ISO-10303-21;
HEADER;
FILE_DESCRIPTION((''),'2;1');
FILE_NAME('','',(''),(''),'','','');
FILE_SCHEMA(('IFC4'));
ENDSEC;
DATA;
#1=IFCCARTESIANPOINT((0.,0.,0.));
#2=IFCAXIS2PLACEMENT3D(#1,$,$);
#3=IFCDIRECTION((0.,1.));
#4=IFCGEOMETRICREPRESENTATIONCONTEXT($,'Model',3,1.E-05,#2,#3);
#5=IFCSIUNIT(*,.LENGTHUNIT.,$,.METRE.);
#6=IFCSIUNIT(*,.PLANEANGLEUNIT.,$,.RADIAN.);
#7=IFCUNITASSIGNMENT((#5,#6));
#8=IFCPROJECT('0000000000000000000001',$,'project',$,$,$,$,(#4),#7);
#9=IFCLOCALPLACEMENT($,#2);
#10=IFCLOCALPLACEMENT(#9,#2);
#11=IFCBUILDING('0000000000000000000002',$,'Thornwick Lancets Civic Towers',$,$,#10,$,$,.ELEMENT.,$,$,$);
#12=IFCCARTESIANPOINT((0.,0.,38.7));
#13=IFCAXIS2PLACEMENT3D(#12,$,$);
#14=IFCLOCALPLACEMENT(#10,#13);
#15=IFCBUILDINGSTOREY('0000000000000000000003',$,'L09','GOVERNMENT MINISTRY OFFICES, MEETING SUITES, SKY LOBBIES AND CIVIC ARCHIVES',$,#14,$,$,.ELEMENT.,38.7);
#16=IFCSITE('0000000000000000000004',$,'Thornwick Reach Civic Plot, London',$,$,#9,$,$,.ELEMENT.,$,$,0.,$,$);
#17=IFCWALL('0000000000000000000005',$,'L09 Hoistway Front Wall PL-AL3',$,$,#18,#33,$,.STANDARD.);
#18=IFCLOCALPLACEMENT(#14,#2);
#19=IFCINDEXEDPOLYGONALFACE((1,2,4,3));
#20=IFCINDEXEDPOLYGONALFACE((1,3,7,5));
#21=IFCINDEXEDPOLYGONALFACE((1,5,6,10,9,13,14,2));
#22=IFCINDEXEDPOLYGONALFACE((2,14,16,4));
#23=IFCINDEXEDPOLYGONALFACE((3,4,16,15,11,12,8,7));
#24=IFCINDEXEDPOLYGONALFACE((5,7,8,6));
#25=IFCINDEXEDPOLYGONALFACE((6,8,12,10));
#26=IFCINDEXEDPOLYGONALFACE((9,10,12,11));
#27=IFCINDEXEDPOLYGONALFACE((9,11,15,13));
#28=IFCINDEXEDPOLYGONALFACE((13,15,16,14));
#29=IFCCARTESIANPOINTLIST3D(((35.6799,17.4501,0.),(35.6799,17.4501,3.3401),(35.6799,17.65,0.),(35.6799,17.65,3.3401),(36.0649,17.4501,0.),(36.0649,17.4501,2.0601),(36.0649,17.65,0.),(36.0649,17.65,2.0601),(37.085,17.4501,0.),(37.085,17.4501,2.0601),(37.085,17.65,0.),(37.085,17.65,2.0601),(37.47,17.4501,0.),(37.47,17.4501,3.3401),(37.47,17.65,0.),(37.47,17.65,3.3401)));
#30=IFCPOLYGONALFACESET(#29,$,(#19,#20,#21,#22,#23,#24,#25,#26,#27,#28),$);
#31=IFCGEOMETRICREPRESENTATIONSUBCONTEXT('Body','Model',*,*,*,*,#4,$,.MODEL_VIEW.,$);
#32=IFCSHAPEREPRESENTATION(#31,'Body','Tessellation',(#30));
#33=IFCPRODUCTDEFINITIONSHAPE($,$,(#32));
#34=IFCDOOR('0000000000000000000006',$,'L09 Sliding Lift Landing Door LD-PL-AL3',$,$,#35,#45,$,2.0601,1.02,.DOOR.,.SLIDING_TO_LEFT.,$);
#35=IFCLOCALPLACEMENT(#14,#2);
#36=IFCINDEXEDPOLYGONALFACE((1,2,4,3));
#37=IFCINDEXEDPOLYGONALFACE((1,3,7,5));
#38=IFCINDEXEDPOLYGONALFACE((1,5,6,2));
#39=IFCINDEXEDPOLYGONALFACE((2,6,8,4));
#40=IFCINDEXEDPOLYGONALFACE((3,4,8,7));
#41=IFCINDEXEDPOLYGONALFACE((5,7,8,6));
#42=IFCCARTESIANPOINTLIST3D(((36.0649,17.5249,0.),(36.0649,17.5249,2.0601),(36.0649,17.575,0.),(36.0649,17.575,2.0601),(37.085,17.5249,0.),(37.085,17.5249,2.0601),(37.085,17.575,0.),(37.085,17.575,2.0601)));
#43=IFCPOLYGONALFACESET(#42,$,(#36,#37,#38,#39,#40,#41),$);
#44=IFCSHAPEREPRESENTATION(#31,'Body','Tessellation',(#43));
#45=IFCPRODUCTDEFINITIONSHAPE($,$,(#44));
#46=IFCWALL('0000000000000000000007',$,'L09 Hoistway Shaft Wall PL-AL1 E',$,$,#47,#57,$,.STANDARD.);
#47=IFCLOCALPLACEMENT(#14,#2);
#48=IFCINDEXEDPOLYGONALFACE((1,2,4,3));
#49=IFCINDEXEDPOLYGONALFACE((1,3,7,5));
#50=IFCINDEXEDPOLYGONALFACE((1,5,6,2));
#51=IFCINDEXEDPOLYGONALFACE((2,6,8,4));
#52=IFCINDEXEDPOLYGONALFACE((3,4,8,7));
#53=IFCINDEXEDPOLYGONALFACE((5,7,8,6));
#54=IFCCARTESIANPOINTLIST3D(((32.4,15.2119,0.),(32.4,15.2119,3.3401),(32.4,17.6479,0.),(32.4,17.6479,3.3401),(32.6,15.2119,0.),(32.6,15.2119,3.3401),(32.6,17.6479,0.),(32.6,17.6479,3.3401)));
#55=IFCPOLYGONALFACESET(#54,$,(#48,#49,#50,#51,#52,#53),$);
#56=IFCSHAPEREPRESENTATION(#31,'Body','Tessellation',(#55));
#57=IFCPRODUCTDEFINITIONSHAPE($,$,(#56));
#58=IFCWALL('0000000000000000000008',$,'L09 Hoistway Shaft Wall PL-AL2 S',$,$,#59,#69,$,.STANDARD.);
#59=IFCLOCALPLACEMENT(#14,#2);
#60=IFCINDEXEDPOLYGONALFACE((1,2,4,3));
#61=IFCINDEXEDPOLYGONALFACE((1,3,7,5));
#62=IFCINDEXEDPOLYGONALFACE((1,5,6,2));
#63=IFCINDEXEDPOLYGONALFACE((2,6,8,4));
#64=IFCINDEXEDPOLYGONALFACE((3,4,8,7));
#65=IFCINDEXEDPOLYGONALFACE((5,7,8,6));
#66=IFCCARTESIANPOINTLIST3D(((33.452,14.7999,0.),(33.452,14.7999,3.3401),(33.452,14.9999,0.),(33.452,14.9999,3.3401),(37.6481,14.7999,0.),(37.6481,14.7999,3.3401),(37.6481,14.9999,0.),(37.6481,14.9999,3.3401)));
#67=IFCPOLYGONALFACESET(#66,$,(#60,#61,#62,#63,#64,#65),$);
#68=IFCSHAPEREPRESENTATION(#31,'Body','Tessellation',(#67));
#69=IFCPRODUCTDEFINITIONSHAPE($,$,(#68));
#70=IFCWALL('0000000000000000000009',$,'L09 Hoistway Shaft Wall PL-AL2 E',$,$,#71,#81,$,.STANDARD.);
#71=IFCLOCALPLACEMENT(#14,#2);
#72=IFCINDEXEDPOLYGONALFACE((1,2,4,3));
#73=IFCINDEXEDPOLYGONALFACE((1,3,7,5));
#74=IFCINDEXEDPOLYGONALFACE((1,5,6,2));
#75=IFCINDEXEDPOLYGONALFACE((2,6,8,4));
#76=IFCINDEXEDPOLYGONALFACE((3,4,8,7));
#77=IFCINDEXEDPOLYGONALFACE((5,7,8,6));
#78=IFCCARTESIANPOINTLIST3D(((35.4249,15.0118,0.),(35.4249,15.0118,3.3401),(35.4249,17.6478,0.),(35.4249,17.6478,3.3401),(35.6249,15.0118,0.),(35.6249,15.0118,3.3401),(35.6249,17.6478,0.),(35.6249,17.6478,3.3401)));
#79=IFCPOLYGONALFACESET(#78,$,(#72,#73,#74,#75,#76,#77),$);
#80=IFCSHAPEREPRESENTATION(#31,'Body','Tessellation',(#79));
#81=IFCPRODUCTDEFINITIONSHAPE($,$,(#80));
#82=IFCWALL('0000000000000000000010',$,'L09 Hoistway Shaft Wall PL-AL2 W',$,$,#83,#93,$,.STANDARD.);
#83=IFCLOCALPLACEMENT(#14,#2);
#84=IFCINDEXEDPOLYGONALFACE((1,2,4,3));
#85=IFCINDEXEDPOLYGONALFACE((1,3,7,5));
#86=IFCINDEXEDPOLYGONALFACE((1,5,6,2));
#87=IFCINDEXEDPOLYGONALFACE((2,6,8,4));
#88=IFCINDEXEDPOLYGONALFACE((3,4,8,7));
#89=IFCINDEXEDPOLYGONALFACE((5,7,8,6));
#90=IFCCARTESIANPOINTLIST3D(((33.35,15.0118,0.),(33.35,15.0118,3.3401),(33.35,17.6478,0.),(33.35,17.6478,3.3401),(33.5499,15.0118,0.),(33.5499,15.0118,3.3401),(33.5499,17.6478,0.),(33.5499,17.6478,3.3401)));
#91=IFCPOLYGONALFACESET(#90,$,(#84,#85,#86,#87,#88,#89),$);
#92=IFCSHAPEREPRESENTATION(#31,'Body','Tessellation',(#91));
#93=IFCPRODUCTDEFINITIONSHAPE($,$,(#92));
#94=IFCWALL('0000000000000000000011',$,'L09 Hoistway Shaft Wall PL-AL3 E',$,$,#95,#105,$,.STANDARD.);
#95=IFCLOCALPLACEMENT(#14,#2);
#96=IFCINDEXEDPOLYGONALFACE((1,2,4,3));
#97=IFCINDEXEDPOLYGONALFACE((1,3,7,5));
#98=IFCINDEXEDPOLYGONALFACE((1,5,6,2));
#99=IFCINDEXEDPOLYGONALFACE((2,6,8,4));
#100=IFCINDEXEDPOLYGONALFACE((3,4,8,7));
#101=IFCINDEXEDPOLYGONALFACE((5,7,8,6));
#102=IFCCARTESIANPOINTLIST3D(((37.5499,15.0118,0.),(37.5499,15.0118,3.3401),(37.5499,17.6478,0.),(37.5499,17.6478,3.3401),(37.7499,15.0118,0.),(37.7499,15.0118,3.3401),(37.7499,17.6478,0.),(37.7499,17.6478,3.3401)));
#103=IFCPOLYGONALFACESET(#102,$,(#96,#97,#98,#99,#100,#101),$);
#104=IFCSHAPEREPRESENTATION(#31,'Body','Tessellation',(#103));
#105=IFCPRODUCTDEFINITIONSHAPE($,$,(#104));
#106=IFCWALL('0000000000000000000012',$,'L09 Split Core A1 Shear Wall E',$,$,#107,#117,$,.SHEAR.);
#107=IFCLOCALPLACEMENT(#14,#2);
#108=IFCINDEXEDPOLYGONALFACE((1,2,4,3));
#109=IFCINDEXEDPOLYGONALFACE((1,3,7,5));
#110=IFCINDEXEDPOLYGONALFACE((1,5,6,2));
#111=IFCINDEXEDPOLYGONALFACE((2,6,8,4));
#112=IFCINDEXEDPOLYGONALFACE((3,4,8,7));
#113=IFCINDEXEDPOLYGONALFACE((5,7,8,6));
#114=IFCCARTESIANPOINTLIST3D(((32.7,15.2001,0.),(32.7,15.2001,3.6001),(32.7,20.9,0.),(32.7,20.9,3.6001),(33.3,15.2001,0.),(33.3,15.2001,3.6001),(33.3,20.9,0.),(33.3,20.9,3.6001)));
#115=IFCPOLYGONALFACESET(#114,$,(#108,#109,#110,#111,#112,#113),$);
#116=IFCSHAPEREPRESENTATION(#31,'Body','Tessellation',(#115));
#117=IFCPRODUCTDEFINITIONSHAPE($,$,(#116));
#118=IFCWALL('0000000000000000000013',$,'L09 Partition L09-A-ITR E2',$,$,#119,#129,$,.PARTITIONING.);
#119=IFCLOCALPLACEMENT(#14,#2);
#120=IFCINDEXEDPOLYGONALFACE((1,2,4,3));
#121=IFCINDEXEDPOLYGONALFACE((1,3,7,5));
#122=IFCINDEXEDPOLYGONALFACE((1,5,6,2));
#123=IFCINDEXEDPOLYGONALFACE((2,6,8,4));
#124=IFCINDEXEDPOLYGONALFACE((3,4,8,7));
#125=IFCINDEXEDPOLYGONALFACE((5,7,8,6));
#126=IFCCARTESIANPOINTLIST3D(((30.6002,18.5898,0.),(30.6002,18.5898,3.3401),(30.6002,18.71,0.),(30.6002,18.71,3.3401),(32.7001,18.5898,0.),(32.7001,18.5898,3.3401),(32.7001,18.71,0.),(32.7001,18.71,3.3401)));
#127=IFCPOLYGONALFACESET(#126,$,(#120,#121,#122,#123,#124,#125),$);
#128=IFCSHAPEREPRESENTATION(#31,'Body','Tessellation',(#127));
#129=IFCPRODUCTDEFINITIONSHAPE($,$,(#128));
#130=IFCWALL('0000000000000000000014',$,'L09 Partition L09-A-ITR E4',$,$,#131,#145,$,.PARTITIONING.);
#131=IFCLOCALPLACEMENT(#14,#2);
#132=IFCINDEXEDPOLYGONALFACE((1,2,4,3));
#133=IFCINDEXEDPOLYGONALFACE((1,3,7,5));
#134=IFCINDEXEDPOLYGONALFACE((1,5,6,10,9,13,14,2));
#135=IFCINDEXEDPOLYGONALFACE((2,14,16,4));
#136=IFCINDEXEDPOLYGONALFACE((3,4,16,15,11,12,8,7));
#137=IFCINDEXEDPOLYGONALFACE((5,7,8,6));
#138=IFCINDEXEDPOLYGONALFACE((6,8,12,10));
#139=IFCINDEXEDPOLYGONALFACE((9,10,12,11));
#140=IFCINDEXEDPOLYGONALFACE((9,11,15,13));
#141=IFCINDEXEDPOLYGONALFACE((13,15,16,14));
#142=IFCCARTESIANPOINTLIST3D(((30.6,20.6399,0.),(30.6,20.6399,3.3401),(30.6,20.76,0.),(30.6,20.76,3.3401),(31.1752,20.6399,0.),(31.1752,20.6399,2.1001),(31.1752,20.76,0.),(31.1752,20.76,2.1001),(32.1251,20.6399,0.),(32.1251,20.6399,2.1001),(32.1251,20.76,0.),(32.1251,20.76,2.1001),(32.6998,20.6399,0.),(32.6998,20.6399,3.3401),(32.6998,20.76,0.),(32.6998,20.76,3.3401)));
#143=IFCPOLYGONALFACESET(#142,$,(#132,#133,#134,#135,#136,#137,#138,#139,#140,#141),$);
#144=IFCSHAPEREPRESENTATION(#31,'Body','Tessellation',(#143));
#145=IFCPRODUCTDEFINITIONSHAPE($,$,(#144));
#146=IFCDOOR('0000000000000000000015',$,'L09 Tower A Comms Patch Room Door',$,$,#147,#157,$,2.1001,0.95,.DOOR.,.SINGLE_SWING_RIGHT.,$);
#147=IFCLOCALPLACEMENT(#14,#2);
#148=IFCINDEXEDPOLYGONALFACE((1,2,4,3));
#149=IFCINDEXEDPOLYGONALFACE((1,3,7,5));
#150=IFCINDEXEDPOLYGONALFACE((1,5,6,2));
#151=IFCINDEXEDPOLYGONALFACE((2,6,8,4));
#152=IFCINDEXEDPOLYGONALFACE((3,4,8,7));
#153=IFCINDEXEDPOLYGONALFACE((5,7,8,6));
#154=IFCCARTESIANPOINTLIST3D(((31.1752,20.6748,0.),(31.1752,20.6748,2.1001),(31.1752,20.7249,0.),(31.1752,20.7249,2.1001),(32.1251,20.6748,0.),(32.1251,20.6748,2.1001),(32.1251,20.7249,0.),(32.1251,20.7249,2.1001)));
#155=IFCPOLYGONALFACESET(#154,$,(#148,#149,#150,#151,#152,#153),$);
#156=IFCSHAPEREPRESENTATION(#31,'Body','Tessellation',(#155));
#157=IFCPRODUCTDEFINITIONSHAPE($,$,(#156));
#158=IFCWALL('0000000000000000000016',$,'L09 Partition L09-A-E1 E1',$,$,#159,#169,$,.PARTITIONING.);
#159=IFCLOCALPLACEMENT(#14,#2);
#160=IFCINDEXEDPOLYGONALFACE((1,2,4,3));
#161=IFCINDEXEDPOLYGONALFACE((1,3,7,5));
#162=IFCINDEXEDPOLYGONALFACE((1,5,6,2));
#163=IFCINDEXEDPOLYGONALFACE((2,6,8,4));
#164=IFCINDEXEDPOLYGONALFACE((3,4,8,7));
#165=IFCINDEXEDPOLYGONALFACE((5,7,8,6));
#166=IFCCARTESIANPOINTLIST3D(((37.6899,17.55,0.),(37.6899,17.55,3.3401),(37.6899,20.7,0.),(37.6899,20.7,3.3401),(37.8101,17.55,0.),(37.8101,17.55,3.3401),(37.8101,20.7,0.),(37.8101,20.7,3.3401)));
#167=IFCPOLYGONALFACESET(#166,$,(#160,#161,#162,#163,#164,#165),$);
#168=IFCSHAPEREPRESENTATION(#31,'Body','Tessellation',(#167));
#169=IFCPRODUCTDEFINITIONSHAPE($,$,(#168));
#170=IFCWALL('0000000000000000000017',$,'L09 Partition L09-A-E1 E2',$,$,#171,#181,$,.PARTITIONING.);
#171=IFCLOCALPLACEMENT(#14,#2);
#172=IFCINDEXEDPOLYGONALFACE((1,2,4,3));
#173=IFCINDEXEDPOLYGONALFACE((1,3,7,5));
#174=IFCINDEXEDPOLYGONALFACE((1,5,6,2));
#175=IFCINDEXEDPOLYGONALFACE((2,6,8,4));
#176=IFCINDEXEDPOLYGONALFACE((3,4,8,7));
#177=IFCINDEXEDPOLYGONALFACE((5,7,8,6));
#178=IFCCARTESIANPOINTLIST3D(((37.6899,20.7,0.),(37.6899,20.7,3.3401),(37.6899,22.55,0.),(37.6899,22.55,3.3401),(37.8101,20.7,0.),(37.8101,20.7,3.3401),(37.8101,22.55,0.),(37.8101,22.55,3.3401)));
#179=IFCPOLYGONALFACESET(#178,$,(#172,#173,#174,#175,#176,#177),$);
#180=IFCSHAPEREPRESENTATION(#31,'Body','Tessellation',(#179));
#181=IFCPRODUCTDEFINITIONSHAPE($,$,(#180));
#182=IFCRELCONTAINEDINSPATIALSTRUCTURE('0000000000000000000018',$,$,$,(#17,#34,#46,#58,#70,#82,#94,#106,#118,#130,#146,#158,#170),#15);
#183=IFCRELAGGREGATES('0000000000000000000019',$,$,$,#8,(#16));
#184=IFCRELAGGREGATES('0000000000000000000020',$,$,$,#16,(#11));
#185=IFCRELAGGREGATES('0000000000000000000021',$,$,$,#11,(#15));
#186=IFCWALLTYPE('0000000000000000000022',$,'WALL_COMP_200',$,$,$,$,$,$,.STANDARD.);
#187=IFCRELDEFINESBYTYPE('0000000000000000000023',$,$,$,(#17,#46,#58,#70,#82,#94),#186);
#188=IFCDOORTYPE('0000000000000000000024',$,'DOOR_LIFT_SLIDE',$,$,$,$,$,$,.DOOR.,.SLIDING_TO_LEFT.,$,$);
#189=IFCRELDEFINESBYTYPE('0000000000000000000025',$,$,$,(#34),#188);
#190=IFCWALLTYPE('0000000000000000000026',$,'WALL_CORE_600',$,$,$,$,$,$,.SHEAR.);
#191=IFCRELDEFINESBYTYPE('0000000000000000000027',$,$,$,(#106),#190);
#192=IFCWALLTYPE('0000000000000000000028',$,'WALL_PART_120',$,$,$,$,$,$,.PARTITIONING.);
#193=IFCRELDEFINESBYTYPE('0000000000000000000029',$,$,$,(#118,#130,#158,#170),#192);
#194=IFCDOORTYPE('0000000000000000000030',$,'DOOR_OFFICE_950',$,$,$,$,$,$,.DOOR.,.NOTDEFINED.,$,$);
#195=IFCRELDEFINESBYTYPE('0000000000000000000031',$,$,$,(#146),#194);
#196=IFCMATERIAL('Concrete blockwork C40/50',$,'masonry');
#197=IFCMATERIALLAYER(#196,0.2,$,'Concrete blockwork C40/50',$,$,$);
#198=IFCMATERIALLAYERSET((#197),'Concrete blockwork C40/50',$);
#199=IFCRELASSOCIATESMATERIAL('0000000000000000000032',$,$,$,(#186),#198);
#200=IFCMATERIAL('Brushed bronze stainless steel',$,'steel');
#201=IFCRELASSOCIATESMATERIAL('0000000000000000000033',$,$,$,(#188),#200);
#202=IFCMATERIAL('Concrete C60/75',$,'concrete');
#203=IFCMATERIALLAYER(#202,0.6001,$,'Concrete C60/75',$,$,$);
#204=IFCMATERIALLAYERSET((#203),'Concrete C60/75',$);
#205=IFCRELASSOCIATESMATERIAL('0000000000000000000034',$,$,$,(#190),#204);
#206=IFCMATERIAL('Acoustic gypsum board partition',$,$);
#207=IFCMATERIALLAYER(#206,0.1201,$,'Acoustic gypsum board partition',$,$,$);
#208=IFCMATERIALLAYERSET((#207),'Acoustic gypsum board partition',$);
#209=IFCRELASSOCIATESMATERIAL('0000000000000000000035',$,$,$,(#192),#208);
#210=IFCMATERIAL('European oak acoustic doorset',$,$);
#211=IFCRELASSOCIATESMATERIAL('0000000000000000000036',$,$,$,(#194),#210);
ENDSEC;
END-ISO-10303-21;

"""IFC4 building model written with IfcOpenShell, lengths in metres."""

from ifc_helpers import new_model, si_unit, direction, frame, frame_2d, origin, place, context, subcontext, project, spatial, rectangle, extrude, material, layer, layer_set, type_object, element, fill, save


model = new_model("IFC4")

# Units and contexts
model_context = context("Model", 3, precision=1e-05, world=origin(), true_north=direction((0.0, 1.0)))
body_context = subcontext(model_context, "Body", "Model", "MODEL_VIEW")
ifc_project = project(units=[si_unit("LENGTHUNIT", "METRE"), si_unit("PLANEANGLEUNIT", "RADIAN")], contexts=[model_context])

# Site, building, storey
site_placement = place(None, origin())
site = spatial("IfcSite", under=ifc_project, at=site_placement, Name="Thornwick Reach Civic Plot, London", CompositionType="ELEMENT", RefElevation=0.0)
building_placement = place(site_placement, origin())
building = spatial("IfcBuilding", under=site, at=building_placement, Name="Thornwick Lancets Civic Towers", CompositionType="ELEMENT")
storey_placement = place(building_placement, frame((0.0, 0.0, 38.7)))
storey = spatial("IfcBuildingStorey", under=building, at=storey_placement, Name="L09", Description="GOVERNMENT MINISTRY OFFICES, MEETING SUITES, SKY LOBBIES AND CIVIC ARCHIVES", CompositionType="ELEMENT", Elevation=38.7)

# Shared definitions
ifc_material_1 = material(Name="Concrete C60/75", Category="concrete")

# Wall, opening, door
ifc_material_2 = material(Name="Concrete blockwork C40/50", Category="masonry")
ifc_layer_1 = layer(ifc_material_2, 0.2, Name="Concrete blockwork C40/50")
ifc_layer_set_1 = layer_set([ifc_layer_1], Name="Concrete blockwork C40/50")
wall_type_1 = type_object("IfcWallType", Name="WALL_COMP_200", PredefinedType="STANDARD", material=ifc_layer_set_1)
ifc_material_3 = material(Name="Brushed bronze stainless steel", Category="steel")
door_type_1 = type_object("IfcDoorType", Name="DOOR_LIFT_SLIDE", OperationType="SLIDING_TO_LEFT", PredefinedType="DOOR", material=ifc_material_3)
wall_1_placement = place(storey_placement, frame((35.6799, 17.55, 0.0), z_axis=(0.0, 0.0, 1.0), x_axis=(1.0, 0.0, 0.0)))
wall_1 = element("IfcWall", 1, at=wall_1_placement, inside=storey, type_object=wall_type_1, Name="L09 Hoistway Front Wall PL-AL3", PredefinedType="STANDARD", context=body_context, shape_type="SweptSolid", body=[
    extrude(rectangle(XDim=1.79, YDim=0.2, at=frame_2d((0.895, 0.0))), origin(), (0.0, 0.0, 1.0), 3.3401),
])
opening_1_placement = place(wall_1_placement, frame((0.385, 0.0, 0.0)))
opening_1 = element("IfcOpeningElement", 2, at=opening_1_placement, cuts=wall_1, PredefinedType="OPENING", context=body_context, shape_type="SweptSolid", body=[
    extrude(rectangle(XDim=1.02, YDim=2.0601, at=frame_2d((0.51, 1.03))), frame((0.0, 0.1099, 0.0), z_axis=(0.0, -1.0, 0.0), x_axis=(1.0, 0.0, 0.0)), (0.0, 0.0, 1.0), 0.22),
])
door_1_placement = place(opening_1_placement, origin())
door_1 = element("IfcDoor", 3, at=door_1_placement, inside=storey, type_object=door_type_1, Name="L09 Sliding Lift Landing Door LD-PL-AL3", OperationType="SLIDING_TO_LEFT", OverallHeight=2.0601, OverallWidth=1.02, PredefinedType="DOOR", context=body_context, shape_type="SweptSolid", body=[
    extrude(rectangle(XDim=1.02, YDim=2.0601, at=frame_2d((0.51, 1.03))), frame((0.0, 0.0249, 0.0), z_axis=(0.0, -1.0, 0.0), x_axis=(1.0, 0.0, 0.0)), (0.0, 0.0, 1.0), 0.05),
])
fill(opening_1, door_1)

# Walls
wall_2_placement = place(storey_placement, frame((32.5, 15.2119, 0.0), z_axis=(0.0, 0.0, 1.0), x_axis=(0.0, 1.0, 0.0)))
element("IfcWall", 4, at=wall_2_placement, inside=storey, type_object=wall_type_1, Name="L09 Hoistway Shaft Wall PL-AL1 E", PredefinedType="STANDARD", context=body_context, shape_type="SweptSolid", body=[
    extrude(rectangle(XDim=2.436, YDim=0.2, at=frame_2d((1.218, 0.0))), origin(), (0.0, 0.0, 1.0), 3.3401),
])
wall_3_placement = place(storey_placement, frame((33.4519, 14.8999, 0.0), z_axis=(0.0, 0.0, 1.0), x_axis=(1.0, 0.0, 0.0)))
element("IfcWall", 5, at=wall_3_placement, inside=storey, type_object=wall_type_1, Name="L09 Hoistway Shaft Wall PL-AL2 S", PredefinedType="STANDARD", context=body_context, shape_type="SweptSolid", body=[
    extrude(rectangle(XDim=4.196, YDim=0.2, at=frame_2d((2.0981, 0.0))), origin(), (0.0, 0.0, 1.0), 3.3401),
])
for number, where, z_axis, x_axis, name in (
    (6, (35.5249, 15.012, 0.0), (0.0, 0.0, 1.0), (0.0, 1.0, 0.0), "L09 Hoistway Shaft Wall PL-AL2 E"),
    (7, (33.45, 15.012, 0.0), (0.0, 0.0, 1.0), (0.0, 1.0, 0.0), "L09 Hoistway Shaft Wall PL-AL2 W"),
    (8, (37.6499, 15.012, 0.0), (0.0, 0.0, 1.0), (0.0, 1.0, 0.0), "L09 Hoistway Shaft Wall PL-AL3 E"),
):
    element("IfcWall", number, at=place(storey_placement, frame(where, z_axis=z_axis, x_axis=x_axis)), inside=storey, type_object=wall_type_1, Name=name, PredefinedType="STANDARD", context=body_context, shape_type="SweptSolid", body=[
        extrude(rectangle(XDim=2.636, YDim=0.2, at=frame_2d((1.3179, 0.0))), origin(), (0.0, 0.0, 1.0), 3.3401),
    ])
ifc_layer_2 = layer(ifc_material_1, 0.6001, Name="Concrete C60/75")
ifc_layer_set_2 = layer_set([ifc_layer_2], Name="Concrete C60/75")
wall_type_2 = type_object("IfcWallType", Name="WALL_CORE_600", PredefinedType="SHEAR", material=ifc_layer_set_2)
wall_4_placement = place(storey_placement, frame((33.0, 15.2, 0.0), z_axis=(0.0, 0.0, 1.0), x_axis=(0.0, 1.0, 0.0)))
element("IfcWall", 9, at=wall_4_placement, inside=storey, type_object=wall_type_2, Name="L09 Split Core A1 Shear Wall E", PredefinedType="SHEAR", context=body_context, shape_type="SweptSolid", body=[
    extrude(rectangle(XDim=5.7, YDim=0.6001, at=frame_2d((2.8501, 0.0))), origin(), (0.0, 0.0, 1.0), 3.6001),
])
ifc_material_4 = material(Name="Acoustic gypsum board partition")
ifc_layer_3 = layer(ifc_material_4, 0.1201, Name="Acoustic gypsum board partition")
ifc_layer_set_3 = layer_set([ifc_layer_3], Name="Acoustic gypsum board partition")
wall_type_3 = type_object("IfcWallType", Name="WALL_PART_120", PredefinedType="PARTITIONING", material=ifc_layer_set_3)
wall_5_placement = place(storey_placement, frame((32.7, 18.6499, 0.0), z_axis=(0.0, 0.0, 1.0), x_axis=(-1.0, 0.0, 0.0)))
element("IfcWall", 10, at=wall_5_placement, inside=storey, type_object=wall_type_3, Name="L09 Partition L09-A-ITR E2", PredefinedType="PARTITIONING", context=body_context, shape_type="SweptSolid", body=[
    extrude(rectangle(XDim=2.0999, YDim=0.1201, at=frame_2d((1.0498, 0.0))), origin(), (0.0, 0.0, 1.0), 3.3401),
])

# Wall, opening, door
wall_6_placement = place(storey_placement, frame((30.6001, 20.7, 0.0), z_axis=(0.0, 0.0, 1.0), x_axis=(1.0, 0.0, 0.0)))
wall_6 = element("IfcWall", 11, at=wall_6_placement, inside=storey, type_object=wall_type_3, Name="L09 Partition L09-A-ITR E4", PredefinedType="PARTITIONING", context=body_context, shape_type="SweptSolid", body=[
    extrude(rectangle(XDim=2.0999, YDim=0.1201, at=frame_2d((1.0498, 0.0))), origin(), (0.0, 0.0, 1.0), 3.3401),
])
opening_2_placement = place(wall_6_placement, frame((0.575, 0.0, 0.0)))
opening_2 = element("IfcOpeningElement", 12, at=opening_2_placement, cuts=wall_6, PredefinedType="OPENING", context=body_context, shape_type="SweptSolid", body=[
    extrude(rectangle(XDim=0.95, YDim=2.1001, at=frame_2d((0.4751, 1.05))), frame((0.0, 0.0701, 0.0), z_axis=(0.0, -1.0, 0.0), x_axis=(1.0, 0.0, 0.0)), (0.0, 0.0, 1.0), 0.1401),
])
ifc_material_5 = material(Name="European oak acoustic doorset")
door_type_2 = type_object("IfcDoorType", Name="DOOR_OFFICE_950", OperationType="NOTDEFINED", PredefinedType="DOOR", material=ifc_material_5)
door_2_placement = place(opening_2_placement, origin())
door_2 = element("IfcDoor", 13, at=door_2_placement, inside=storey, type_object=door_type_2, Name="L09 Tower A Comms Patch Room Door", OperationType="SINGLE_SWING_RIGHT", OverallHeight=2.1001, OverallWidth=0.95, PredefinedType="DOOR", context=body_context, shape_type="SweptSolid", body=[
    extrude(rectangle(XDim=0.95, YDim=2.1001, at=frame_2d((0.4751, 1.05))), frame((0.0, 0.0249, 0.0), z_axis=(0.0, -1.0, 0.0), x_axis=(1.0, 0.0, 0.0)), (0.0, 0.0, 1.0), 0.05),
])
fill(opening_2, door_2)

# Walls
wall_7_placement = place(storey_placement, frame((37.75, 17.55, 0.0), z_axis=(0.0, 0.0, 1.0), x_axis=(0.0, 1.0, 0.0)))
element("IfcWall", 14, at=wall_7_placement, inside=storey, type_object=wall_type_3, Name="L09 Partition L09-A-E1 E1", PredefinedType="PARTITIONING", context=body_context, shape_type="SweptSolid", body=[
    extrude(rectangle(XDim=3.1499, YDim=0.1201, at=frame_2d((1.575, 0.0))), origin(), (0.0, 0.0, 1.0), 3.3401),
])
wall_8_placement = place(storey_placement, frame((37.75, 20.7, 0.0), z_axis=(0.0, 0.0, 1.0), x_axis=(0.0, 1.0, 0.0)))
element("IfcWall", 15, at=wall_8_placement, inside=storey, type_object=wall_type_3, Name="L09 Partition L09-A-E1 E2", PredefinedType="PARTITIONING", context=body_context, shape_type="SweptSolid", body=[
    extrude(rectangle(XDim=1.8501, YDim=0.1201, at=frame_2d((0.925, 0.0))), origin(), (0.0, 0.0, 1.0), 3.3401),
])

save(model, "model.ifc")
